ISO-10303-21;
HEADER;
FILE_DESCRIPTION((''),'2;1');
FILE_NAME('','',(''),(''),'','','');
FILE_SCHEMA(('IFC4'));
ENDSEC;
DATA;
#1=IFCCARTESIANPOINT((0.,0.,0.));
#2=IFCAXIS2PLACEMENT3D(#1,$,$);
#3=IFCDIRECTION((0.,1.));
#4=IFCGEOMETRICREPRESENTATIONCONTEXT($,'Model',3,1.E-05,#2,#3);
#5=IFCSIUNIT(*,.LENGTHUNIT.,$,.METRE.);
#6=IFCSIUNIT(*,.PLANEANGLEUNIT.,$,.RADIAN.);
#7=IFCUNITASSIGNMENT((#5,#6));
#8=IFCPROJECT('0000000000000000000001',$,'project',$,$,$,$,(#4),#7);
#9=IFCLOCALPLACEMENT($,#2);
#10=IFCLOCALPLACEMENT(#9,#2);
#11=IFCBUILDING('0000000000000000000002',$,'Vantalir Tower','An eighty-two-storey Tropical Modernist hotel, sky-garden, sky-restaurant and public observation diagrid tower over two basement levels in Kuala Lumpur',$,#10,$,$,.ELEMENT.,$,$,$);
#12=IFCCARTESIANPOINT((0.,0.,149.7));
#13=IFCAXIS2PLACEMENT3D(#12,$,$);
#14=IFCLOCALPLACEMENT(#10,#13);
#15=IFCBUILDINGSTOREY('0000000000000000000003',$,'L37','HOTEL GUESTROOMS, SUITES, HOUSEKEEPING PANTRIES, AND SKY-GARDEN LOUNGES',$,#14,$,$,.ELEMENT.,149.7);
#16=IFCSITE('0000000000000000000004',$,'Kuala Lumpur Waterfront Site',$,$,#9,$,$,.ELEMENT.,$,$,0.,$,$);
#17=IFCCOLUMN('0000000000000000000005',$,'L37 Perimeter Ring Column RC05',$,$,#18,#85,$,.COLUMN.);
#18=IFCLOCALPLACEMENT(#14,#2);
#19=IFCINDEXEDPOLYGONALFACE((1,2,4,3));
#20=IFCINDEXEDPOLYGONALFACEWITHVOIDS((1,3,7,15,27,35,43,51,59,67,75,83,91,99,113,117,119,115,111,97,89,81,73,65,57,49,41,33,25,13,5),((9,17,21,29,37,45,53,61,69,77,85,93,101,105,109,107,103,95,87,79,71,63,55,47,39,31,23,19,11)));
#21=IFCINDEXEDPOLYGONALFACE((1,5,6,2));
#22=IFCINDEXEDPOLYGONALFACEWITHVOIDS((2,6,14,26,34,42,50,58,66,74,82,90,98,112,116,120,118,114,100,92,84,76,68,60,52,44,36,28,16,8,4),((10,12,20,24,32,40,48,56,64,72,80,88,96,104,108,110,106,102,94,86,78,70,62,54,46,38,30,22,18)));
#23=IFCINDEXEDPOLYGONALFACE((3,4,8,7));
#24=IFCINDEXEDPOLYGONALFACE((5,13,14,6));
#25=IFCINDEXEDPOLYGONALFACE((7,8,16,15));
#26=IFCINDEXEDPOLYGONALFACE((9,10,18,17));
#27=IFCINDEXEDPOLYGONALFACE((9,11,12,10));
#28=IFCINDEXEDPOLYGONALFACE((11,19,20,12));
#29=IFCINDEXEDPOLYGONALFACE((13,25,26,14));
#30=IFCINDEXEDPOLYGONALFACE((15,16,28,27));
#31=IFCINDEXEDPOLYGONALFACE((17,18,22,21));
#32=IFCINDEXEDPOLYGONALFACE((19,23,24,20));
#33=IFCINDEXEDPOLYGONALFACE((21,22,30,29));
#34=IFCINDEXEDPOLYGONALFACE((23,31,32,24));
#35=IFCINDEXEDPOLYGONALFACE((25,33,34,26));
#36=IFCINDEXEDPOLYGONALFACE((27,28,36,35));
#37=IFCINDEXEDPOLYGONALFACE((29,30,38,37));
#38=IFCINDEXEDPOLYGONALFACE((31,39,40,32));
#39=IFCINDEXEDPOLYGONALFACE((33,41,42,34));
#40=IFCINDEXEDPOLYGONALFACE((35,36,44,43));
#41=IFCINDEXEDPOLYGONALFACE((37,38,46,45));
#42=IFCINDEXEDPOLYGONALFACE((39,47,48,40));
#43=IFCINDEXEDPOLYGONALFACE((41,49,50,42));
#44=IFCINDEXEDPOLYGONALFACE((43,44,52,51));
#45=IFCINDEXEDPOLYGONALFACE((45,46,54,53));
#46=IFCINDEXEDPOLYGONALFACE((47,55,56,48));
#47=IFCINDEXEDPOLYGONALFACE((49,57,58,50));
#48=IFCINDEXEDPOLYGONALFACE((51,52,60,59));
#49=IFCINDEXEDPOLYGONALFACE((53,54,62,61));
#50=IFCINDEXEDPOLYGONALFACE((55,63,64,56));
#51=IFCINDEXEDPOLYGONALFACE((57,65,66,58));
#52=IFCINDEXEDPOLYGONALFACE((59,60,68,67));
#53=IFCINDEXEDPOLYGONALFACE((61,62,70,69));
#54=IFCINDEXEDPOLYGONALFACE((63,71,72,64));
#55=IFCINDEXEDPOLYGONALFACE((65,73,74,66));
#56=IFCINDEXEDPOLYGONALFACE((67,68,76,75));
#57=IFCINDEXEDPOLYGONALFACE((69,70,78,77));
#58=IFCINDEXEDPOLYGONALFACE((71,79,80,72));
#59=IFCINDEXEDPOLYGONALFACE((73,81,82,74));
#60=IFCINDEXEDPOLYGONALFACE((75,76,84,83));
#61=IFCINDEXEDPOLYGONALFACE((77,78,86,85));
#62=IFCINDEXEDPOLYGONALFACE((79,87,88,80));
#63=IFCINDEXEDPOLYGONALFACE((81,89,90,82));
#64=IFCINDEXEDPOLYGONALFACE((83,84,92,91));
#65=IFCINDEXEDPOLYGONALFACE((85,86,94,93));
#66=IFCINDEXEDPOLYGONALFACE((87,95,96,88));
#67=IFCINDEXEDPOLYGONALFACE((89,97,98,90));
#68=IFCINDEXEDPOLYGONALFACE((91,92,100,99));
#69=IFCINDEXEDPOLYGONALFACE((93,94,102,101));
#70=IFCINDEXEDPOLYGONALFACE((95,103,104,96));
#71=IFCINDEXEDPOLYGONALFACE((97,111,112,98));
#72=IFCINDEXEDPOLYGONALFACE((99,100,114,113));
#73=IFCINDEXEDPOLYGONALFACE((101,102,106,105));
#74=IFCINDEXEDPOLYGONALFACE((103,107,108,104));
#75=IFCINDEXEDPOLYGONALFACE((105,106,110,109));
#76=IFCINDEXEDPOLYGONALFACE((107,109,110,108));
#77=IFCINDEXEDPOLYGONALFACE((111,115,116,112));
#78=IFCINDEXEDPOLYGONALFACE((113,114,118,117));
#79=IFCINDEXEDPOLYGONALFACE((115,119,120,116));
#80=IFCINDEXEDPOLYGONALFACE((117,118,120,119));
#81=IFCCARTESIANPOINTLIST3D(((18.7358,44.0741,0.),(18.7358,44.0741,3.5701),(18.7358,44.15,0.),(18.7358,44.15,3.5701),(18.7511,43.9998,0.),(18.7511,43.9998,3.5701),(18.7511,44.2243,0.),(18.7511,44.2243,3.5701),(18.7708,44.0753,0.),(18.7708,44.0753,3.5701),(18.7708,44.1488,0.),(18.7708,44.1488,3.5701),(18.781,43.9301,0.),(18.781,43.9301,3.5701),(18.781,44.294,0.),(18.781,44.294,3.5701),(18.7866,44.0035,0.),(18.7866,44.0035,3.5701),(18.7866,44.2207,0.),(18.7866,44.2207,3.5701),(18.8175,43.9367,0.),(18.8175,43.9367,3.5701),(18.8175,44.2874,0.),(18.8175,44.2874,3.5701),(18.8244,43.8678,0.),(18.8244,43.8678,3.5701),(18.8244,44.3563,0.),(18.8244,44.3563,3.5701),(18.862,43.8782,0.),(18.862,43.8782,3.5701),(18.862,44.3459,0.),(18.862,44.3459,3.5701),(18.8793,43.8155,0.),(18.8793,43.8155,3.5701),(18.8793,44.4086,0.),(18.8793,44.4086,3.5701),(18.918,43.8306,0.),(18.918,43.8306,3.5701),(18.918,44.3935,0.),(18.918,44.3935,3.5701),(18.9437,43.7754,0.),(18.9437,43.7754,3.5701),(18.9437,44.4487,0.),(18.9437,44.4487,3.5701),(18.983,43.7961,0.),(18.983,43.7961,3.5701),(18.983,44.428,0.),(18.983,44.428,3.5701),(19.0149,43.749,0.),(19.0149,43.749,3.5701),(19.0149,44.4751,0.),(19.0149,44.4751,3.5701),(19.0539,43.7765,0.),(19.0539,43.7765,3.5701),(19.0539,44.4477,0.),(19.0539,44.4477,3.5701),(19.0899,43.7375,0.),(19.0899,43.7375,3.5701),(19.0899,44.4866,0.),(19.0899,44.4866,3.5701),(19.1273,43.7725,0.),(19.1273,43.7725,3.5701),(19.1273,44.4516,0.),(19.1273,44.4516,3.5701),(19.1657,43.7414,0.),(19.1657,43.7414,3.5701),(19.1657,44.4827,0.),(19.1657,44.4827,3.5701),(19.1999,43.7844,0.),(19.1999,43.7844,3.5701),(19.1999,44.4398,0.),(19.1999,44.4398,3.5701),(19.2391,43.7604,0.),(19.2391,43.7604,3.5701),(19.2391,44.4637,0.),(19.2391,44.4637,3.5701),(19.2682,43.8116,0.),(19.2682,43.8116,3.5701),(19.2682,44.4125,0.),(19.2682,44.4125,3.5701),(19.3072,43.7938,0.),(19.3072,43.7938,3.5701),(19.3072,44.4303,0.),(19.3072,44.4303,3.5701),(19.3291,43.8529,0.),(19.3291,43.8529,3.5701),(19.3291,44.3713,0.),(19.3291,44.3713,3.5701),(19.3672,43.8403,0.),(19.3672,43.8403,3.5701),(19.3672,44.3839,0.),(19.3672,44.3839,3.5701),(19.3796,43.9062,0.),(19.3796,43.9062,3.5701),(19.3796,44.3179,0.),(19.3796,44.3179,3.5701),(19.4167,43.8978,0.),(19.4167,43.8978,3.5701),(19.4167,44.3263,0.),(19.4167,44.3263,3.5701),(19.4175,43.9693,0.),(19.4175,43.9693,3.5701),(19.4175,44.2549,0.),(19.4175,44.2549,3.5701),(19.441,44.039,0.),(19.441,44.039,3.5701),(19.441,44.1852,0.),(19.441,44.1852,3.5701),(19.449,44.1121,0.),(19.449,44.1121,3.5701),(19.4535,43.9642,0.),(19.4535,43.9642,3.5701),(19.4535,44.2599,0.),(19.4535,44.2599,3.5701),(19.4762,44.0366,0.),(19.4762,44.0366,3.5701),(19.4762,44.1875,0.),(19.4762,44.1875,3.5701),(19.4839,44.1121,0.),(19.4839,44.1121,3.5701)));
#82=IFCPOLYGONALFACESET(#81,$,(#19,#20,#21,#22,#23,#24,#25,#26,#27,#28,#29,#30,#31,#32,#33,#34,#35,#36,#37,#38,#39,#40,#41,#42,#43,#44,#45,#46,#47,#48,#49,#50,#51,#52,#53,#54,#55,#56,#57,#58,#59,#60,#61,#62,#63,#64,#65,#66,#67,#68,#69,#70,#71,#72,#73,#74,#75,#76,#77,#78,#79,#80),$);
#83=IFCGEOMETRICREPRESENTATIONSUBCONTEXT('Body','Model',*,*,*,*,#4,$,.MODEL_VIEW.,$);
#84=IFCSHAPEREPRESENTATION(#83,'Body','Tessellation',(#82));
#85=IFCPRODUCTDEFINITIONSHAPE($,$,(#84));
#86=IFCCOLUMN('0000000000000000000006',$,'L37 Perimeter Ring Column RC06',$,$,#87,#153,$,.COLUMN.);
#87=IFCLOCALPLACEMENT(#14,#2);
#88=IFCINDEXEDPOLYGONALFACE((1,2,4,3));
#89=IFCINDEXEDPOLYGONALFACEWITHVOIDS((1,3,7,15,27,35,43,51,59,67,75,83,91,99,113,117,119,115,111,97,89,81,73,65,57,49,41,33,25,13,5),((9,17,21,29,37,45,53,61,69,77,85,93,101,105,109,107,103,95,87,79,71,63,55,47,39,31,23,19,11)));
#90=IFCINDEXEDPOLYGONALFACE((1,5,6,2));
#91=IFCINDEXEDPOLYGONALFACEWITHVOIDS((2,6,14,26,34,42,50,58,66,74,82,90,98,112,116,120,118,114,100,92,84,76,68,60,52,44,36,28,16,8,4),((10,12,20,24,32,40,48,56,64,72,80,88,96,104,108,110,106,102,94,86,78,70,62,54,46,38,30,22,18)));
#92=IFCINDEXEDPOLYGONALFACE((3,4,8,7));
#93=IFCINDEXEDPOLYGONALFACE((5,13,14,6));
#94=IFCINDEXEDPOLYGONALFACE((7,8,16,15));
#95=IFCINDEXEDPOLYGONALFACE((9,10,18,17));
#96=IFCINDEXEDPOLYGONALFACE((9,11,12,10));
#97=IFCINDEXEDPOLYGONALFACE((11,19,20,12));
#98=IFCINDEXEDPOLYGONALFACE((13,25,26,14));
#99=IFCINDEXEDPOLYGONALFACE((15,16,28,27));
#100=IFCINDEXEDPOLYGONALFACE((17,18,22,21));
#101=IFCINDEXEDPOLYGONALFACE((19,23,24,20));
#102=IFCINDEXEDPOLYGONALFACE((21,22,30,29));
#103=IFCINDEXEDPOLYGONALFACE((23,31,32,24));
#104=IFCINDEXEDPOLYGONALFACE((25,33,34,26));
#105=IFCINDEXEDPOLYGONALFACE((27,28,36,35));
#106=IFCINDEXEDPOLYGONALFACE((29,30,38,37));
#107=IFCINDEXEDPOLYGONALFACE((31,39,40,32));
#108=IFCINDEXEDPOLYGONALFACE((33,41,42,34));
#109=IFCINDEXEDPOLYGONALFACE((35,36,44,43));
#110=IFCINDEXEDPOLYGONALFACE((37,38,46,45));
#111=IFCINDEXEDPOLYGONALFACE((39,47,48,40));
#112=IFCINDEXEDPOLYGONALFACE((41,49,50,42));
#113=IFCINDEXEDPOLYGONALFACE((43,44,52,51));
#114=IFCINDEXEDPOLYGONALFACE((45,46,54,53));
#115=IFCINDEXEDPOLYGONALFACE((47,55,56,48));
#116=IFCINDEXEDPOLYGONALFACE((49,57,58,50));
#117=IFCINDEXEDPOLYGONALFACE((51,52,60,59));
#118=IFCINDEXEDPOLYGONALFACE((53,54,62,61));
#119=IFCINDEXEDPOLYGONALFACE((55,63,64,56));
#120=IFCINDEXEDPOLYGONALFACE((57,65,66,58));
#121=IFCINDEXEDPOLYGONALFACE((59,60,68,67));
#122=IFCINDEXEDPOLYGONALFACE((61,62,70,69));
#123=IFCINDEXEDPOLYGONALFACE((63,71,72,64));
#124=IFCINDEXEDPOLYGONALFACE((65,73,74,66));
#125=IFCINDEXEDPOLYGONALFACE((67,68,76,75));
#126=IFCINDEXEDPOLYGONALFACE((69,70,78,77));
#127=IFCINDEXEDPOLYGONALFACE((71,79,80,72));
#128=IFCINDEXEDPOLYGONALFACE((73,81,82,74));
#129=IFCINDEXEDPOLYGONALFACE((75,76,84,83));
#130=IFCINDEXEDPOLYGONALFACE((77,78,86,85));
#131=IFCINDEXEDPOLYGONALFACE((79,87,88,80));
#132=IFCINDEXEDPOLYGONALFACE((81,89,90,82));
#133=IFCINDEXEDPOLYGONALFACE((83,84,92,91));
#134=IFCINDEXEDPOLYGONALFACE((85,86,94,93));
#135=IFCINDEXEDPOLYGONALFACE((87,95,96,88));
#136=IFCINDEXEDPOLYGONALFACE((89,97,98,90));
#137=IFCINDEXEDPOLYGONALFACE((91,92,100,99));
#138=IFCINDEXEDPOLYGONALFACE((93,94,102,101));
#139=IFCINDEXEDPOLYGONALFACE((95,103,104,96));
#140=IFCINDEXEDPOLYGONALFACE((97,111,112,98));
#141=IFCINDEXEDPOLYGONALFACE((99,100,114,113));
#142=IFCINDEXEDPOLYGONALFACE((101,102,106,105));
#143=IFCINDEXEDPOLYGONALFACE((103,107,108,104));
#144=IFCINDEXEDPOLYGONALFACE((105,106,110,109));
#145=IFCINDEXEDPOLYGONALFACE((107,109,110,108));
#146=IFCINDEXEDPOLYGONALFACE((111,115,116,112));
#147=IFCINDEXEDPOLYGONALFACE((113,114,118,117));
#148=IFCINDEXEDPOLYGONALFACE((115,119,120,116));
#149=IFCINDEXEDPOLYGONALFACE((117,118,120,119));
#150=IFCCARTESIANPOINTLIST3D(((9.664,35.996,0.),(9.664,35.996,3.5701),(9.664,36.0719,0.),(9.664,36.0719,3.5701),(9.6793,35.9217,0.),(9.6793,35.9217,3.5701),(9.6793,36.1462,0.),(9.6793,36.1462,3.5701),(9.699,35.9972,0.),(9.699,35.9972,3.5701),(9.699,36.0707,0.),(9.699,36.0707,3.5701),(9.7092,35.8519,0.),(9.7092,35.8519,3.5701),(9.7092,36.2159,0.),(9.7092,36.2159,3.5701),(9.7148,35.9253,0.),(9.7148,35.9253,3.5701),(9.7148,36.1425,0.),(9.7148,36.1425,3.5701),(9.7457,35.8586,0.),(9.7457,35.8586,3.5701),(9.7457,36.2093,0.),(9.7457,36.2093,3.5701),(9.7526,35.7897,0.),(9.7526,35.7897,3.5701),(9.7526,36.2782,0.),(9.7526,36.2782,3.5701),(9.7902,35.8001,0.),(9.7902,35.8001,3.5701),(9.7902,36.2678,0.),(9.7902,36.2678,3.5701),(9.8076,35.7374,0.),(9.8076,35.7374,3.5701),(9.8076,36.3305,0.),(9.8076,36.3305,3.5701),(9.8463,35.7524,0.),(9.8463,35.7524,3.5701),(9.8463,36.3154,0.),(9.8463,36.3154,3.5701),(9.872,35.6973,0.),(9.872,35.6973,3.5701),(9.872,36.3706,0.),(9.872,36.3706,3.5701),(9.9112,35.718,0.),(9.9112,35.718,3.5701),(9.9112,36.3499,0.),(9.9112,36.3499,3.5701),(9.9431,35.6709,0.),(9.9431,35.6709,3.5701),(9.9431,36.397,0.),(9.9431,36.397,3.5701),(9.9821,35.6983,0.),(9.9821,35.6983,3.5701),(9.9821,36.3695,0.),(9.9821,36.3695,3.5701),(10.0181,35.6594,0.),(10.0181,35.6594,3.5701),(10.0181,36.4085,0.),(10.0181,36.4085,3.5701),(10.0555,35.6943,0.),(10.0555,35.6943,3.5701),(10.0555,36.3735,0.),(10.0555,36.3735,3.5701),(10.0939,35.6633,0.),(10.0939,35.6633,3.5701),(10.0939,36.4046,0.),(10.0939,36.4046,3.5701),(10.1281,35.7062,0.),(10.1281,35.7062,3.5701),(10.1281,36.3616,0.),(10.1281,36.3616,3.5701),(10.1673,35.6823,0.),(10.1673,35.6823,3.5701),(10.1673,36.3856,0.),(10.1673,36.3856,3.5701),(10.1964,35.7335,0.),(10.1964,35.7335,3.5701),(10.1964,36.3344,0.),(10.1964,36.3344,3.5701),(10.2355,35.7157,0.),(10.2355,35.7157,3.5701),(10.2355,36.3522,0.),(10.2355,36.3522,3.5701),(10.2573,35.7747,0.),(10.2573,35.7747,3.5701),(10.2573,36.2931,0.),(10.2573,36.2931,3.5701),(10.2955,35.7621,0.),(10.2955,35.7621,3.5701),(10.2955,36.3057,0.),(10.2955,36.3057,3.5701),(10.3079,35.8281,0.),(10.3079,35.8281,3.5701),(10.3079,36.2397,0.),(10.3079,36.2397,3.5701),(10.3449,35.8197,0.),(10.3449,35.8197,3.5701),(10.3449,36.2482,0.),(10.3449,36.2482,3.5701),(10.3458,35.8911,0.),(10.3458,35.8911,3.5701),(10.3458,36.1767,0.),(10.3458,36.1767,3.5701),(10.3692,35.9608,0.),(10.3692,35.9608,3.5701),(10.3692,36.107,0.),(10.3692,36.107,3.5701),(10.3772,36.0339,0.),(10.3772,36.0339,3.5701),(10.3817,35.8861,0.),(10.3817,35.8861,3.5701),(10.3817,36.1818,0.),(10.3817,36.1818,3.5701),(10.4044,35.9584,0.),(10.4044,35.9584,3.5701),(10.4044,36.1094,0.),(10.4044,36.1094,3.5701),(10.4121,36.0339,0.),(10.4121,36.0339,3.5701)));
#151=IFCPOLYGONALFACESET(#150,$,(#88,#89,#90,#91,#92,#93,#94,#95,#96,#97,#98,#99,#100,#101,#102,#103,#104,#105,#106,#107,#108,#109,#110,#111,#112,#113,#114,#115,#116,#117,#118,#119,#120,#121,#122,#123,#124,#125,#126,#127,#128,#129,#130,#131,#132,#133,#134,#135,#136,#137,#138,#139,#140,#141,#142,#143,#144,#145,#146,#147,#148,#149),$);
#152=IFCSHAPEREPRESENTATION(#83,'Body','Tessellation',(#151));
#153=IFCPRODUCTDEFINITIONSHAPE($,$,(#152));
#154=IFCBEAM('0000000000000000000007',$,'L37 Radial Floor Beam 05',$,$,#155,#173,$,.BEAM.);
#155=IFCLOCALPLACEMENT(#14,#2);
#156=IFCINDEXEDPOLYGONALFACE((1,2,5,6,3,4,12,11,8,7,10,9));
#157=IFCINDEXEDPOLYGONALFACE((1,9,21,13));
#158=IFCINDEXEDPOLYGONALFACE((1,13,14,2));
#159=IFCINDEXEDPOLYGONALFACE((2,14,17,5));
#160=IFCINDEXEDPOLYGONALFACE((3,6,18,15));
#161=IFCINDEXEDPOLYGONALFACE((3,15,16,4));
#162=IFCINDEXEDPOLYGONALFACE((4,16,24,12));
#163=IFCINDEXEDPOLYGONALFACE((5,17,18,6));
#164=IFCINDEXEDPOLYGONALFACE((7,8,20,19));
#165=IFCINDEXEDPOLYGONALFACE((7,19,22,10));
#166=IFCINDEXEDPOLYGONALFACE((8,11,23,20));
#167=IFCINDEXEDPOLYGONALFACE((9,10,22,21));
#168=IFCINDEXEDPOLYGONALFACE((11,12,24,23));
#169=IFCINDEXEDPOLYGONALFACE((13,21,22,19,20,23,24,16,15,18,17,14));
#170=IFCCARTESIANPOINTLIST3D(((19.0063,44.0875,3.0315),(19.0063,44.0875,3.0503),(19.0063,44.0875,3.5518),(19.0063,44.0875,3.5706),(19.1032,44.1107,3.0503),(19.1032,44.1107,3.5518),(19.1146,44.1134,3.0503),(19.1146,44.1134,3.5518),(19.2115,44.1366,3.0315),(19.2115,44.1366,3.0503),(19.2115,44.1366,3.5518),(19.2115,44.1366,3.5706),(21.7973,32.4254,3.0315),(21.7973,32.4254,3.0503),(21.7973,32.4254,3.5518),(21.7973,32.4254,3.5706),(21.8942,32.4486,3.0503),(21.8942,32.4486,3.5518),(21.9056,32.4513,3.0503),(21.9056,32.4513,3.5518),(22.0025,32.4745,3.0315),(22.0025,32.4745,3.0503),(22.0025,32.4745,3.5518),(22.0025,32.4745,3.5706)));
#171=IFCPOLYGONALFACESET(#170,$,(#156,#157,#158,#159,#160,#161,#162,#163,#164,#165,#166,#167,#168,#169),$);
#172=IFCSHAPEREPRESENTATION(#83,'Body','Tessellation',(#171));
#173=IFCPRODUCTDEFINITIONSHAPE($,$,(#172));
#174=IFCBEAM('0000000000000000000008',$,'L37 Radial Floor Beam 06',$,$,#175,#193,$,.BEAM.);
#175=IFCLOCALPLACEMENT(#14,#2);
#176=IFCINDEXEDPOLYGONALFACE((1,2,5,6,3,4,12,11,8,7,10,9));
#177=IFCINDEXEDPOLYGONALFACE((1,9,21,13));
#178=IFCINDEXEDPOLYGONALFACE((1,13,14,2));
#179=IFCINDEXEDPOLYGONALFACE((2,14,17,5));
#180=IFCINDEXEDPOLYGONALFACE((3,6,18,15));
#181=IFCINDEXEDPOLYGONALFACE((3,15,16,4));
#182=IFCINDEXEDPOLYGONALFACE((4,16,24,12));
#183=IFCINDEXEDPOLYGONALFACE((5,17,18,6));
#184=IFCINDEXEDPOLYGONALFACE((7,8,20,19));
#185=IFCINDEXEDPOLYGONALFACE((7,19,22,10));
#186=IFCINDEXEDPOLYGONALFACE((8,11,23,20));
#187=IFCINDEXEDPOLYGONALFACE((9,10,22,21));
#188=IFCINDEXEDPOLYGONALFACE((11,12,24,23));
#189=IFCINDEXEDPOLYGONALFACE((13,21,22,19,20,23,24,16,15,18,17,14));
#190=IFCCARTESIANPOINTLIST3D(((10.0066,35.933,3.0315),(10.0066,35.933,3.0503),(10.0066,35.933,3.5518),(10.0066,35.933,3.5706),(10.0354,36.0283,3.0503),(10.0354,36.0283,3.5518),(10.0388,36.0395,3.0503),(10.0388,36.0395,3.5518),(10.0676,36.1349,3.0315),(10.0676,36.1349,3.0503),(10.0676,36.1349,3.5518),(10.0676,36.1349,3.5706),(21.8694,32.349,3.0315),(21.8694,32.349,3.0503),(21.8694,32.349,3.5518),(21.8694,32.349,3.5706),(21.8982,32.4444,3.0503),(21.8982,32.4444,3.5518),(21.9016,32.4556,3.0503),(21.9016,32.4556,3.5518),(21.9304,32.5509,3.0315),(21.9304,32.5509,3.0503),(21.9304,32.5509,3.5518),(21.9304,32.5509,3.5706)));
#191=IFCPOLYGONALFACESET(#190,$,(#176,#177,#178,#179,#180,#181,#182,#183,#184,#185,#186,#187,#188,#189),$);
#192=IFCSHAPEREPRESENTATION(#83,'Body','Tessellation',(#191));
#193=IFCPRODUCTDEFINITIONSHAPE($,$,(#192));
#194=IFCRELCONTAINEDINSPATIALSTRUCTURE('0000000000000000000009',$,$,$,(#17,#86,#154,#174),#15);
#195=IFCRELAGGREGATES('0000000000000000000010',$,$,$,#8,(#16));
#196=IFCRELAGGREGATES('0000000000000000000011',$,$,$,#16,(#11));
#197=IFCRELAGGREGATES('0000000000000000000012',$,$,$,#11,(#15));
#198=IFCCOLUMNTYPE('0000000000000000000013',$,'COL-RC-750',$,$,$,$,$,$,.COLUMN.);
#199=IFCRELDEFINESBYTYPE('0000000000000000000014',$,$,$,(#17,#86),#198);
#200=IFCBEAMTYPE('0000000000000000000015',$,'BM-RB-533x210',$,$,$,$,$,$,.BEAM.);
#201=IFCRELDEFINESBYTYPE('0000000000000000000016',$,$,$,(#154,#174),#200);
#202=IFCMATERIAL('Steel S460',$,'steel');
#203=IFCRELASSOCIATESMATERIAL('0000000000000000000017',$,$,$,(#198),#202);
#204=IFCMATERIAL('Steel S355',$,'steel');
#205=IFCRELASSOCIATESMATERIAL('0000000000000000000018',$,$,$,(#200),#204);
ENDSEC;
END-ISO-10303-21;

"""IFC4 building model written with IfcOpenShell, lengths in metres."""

from ifc_helpers import new_model, si_unit, direction, frame, origin, origin_2d, place, context, subcontext, project, spatial, hollow_circle, i_section, extrude, material, material_profile, profile_set, type_object, element, save


model = new_model("IFC4")

# Units and contexts
model_context = context("Model", 3, precision=1e-05, world=origin(), true_north=direction((0.0, 1.0)))
body_context = subcontext(model_context, "Body", "Model", "MODEL_VIEW")
ifc_project = project(units=[si_unit("LENGTHUNIT", "METRE"), si_unit("PLANEANGLEUNIT", "RADIAN")], contexts=[model_context])

# Site, building, storey
site_placement = place(None, origin())
site = spatial("IfcSite", under=ifc_project, at=site_placement, Name="Kuala Lumpur Waterfront Site", CompositionType="ELEMENT", RefElevation=0.0)
building_placement = place(site_placement, origin())
building = spatial("IfcBuilding", under=site, at=building_placement, Name="Vantalir Tower", Description="An eighty-two-storey Tropical Modernist hotel, sky-garden, sky-restaurant and public observation diagrid tower over two basement levels in Kuala Lumpur", CompositionType="ELEMENT")
storey_placement = place(building_placement, frame((0.0, 0.0, 149.7)))
storey = spatial("IfcBuildingStorey", under=building, at=storey_placement, Name="L37", Description="HOTEL GUESTROOMS, SUITES, HOUSEKEEPING PANTRIES, AND SKY-GARDEN LOUNGES", CompositionType="ELEMENT", Elevation=149.7)

# Columns
ifc_material_1 = material(Name="Steel S460", Category="steel")
ifc_material_profile_1 = material_profile(ifc_material_1, hollow_circle(Radius=0.375, WallThickness=0.0349, at=origin_2d()), Name="Steel S460")
ifc_profile_set_1 = profile_set([ifc_material_profile_1], Name="Steel S460")
column_type = type_object("IfcColumnType", Name="COL-RC-750", PredefinedType="COLUMN", material=ifc_profile_set_1)
for number, where, z_axis, x_axis, name in (
    (1, (19.1089, 44.1121, 0.0), (0.0, 0.0, 1.0), (1.0, 0.0, 0.0), "L37 Perimeter Ring Column RC05"),
    (2, (10.0371, 36.0339, 0.0), (0.0, 0.0, 1.0), (1.0, 0.0, 0.0), "L37 Perimeter Ring Column RC06"),
):
    element("IfcColumn", number, at=place(storey_placement, frame(where, z_axis=z_axis, x_axis=x_axis)), inside=storey, type_object=column_type, Name=name, PredefinedType="COLUMN", context=body_context, shape_type="SweptSolid", body=[
        extrude(hollow_circle(Radius=0.375, WallThickness=0.0349, at=origin_2d()), origin(), (0.0, 0.0, 1.0), 3.5701),
    ])

# Beams
ifc_material_2 = material(Name="Steel S355", Category="steel")
ifc_material_profile_2 = material_profile(ifc_material_2, i_section(OverallWidth=0.2109, OverallDepth=0.5391, WebThickness=0.0117, FlangeThickness=0.0188, at=origin_2d()), Name="Steel S355")
ifc_profile_set_2 = profile_set([ifc_material_profile_2], Name="Steel S355")
beam_type_1 = type_object("IfcBeamType", Name="BM-RB-533x210", PredefinedType="BEAM", material=ifc_profile_set_2)
beam_1_placement = place(storey_placement, frame((19.1089, 44.1121, 3.301), z_axis=(0.232751, -0.972536, 0.0), x_axis=(0.972536, 0.232751, 0.0)))
element("IfcBeam", 3, at=beam_1_placement, inside=storey, type_object=beam_type_1, Name="L37 Radial Floor Beam 05", PredefinedType="BEAM", context=body_context, shape_type="SweptSolid", body=[
    extrude(i_section(OverallWidth=0.2109, OverallDepth=0.5391, WebThickness=0.0117, FlangeThickness=0.0188, at=origin_2d()), origin(), (0.0, 0.0, 1.0), 11.9915),
])
beam_2_placement = place(storey_placement, frame((10.0371, 36.0339, 3.301), z_axis=(0.957266, -0.289209, 0.0), x_axis=(0.289209, 0.957266, 0.0)))
element("IfcBeam", 4, at=beam_2_placement, inside=storey, type_object=beam_type_1, Name="L37 Radial Floor Beam 06", PredefinedType="BEAM", context=body_context, shape_type="SweptSolid", body=[
    extrude(i_section(OverallWidth=0.2109, OverallDepth=0.5391, WebThickness=0.0117, FlangeThickness=0.0188, at=origin_2d()), origin(), (0.0, 0.0, 1.0), 12.3923),
])

save(model, "model.ifc")
